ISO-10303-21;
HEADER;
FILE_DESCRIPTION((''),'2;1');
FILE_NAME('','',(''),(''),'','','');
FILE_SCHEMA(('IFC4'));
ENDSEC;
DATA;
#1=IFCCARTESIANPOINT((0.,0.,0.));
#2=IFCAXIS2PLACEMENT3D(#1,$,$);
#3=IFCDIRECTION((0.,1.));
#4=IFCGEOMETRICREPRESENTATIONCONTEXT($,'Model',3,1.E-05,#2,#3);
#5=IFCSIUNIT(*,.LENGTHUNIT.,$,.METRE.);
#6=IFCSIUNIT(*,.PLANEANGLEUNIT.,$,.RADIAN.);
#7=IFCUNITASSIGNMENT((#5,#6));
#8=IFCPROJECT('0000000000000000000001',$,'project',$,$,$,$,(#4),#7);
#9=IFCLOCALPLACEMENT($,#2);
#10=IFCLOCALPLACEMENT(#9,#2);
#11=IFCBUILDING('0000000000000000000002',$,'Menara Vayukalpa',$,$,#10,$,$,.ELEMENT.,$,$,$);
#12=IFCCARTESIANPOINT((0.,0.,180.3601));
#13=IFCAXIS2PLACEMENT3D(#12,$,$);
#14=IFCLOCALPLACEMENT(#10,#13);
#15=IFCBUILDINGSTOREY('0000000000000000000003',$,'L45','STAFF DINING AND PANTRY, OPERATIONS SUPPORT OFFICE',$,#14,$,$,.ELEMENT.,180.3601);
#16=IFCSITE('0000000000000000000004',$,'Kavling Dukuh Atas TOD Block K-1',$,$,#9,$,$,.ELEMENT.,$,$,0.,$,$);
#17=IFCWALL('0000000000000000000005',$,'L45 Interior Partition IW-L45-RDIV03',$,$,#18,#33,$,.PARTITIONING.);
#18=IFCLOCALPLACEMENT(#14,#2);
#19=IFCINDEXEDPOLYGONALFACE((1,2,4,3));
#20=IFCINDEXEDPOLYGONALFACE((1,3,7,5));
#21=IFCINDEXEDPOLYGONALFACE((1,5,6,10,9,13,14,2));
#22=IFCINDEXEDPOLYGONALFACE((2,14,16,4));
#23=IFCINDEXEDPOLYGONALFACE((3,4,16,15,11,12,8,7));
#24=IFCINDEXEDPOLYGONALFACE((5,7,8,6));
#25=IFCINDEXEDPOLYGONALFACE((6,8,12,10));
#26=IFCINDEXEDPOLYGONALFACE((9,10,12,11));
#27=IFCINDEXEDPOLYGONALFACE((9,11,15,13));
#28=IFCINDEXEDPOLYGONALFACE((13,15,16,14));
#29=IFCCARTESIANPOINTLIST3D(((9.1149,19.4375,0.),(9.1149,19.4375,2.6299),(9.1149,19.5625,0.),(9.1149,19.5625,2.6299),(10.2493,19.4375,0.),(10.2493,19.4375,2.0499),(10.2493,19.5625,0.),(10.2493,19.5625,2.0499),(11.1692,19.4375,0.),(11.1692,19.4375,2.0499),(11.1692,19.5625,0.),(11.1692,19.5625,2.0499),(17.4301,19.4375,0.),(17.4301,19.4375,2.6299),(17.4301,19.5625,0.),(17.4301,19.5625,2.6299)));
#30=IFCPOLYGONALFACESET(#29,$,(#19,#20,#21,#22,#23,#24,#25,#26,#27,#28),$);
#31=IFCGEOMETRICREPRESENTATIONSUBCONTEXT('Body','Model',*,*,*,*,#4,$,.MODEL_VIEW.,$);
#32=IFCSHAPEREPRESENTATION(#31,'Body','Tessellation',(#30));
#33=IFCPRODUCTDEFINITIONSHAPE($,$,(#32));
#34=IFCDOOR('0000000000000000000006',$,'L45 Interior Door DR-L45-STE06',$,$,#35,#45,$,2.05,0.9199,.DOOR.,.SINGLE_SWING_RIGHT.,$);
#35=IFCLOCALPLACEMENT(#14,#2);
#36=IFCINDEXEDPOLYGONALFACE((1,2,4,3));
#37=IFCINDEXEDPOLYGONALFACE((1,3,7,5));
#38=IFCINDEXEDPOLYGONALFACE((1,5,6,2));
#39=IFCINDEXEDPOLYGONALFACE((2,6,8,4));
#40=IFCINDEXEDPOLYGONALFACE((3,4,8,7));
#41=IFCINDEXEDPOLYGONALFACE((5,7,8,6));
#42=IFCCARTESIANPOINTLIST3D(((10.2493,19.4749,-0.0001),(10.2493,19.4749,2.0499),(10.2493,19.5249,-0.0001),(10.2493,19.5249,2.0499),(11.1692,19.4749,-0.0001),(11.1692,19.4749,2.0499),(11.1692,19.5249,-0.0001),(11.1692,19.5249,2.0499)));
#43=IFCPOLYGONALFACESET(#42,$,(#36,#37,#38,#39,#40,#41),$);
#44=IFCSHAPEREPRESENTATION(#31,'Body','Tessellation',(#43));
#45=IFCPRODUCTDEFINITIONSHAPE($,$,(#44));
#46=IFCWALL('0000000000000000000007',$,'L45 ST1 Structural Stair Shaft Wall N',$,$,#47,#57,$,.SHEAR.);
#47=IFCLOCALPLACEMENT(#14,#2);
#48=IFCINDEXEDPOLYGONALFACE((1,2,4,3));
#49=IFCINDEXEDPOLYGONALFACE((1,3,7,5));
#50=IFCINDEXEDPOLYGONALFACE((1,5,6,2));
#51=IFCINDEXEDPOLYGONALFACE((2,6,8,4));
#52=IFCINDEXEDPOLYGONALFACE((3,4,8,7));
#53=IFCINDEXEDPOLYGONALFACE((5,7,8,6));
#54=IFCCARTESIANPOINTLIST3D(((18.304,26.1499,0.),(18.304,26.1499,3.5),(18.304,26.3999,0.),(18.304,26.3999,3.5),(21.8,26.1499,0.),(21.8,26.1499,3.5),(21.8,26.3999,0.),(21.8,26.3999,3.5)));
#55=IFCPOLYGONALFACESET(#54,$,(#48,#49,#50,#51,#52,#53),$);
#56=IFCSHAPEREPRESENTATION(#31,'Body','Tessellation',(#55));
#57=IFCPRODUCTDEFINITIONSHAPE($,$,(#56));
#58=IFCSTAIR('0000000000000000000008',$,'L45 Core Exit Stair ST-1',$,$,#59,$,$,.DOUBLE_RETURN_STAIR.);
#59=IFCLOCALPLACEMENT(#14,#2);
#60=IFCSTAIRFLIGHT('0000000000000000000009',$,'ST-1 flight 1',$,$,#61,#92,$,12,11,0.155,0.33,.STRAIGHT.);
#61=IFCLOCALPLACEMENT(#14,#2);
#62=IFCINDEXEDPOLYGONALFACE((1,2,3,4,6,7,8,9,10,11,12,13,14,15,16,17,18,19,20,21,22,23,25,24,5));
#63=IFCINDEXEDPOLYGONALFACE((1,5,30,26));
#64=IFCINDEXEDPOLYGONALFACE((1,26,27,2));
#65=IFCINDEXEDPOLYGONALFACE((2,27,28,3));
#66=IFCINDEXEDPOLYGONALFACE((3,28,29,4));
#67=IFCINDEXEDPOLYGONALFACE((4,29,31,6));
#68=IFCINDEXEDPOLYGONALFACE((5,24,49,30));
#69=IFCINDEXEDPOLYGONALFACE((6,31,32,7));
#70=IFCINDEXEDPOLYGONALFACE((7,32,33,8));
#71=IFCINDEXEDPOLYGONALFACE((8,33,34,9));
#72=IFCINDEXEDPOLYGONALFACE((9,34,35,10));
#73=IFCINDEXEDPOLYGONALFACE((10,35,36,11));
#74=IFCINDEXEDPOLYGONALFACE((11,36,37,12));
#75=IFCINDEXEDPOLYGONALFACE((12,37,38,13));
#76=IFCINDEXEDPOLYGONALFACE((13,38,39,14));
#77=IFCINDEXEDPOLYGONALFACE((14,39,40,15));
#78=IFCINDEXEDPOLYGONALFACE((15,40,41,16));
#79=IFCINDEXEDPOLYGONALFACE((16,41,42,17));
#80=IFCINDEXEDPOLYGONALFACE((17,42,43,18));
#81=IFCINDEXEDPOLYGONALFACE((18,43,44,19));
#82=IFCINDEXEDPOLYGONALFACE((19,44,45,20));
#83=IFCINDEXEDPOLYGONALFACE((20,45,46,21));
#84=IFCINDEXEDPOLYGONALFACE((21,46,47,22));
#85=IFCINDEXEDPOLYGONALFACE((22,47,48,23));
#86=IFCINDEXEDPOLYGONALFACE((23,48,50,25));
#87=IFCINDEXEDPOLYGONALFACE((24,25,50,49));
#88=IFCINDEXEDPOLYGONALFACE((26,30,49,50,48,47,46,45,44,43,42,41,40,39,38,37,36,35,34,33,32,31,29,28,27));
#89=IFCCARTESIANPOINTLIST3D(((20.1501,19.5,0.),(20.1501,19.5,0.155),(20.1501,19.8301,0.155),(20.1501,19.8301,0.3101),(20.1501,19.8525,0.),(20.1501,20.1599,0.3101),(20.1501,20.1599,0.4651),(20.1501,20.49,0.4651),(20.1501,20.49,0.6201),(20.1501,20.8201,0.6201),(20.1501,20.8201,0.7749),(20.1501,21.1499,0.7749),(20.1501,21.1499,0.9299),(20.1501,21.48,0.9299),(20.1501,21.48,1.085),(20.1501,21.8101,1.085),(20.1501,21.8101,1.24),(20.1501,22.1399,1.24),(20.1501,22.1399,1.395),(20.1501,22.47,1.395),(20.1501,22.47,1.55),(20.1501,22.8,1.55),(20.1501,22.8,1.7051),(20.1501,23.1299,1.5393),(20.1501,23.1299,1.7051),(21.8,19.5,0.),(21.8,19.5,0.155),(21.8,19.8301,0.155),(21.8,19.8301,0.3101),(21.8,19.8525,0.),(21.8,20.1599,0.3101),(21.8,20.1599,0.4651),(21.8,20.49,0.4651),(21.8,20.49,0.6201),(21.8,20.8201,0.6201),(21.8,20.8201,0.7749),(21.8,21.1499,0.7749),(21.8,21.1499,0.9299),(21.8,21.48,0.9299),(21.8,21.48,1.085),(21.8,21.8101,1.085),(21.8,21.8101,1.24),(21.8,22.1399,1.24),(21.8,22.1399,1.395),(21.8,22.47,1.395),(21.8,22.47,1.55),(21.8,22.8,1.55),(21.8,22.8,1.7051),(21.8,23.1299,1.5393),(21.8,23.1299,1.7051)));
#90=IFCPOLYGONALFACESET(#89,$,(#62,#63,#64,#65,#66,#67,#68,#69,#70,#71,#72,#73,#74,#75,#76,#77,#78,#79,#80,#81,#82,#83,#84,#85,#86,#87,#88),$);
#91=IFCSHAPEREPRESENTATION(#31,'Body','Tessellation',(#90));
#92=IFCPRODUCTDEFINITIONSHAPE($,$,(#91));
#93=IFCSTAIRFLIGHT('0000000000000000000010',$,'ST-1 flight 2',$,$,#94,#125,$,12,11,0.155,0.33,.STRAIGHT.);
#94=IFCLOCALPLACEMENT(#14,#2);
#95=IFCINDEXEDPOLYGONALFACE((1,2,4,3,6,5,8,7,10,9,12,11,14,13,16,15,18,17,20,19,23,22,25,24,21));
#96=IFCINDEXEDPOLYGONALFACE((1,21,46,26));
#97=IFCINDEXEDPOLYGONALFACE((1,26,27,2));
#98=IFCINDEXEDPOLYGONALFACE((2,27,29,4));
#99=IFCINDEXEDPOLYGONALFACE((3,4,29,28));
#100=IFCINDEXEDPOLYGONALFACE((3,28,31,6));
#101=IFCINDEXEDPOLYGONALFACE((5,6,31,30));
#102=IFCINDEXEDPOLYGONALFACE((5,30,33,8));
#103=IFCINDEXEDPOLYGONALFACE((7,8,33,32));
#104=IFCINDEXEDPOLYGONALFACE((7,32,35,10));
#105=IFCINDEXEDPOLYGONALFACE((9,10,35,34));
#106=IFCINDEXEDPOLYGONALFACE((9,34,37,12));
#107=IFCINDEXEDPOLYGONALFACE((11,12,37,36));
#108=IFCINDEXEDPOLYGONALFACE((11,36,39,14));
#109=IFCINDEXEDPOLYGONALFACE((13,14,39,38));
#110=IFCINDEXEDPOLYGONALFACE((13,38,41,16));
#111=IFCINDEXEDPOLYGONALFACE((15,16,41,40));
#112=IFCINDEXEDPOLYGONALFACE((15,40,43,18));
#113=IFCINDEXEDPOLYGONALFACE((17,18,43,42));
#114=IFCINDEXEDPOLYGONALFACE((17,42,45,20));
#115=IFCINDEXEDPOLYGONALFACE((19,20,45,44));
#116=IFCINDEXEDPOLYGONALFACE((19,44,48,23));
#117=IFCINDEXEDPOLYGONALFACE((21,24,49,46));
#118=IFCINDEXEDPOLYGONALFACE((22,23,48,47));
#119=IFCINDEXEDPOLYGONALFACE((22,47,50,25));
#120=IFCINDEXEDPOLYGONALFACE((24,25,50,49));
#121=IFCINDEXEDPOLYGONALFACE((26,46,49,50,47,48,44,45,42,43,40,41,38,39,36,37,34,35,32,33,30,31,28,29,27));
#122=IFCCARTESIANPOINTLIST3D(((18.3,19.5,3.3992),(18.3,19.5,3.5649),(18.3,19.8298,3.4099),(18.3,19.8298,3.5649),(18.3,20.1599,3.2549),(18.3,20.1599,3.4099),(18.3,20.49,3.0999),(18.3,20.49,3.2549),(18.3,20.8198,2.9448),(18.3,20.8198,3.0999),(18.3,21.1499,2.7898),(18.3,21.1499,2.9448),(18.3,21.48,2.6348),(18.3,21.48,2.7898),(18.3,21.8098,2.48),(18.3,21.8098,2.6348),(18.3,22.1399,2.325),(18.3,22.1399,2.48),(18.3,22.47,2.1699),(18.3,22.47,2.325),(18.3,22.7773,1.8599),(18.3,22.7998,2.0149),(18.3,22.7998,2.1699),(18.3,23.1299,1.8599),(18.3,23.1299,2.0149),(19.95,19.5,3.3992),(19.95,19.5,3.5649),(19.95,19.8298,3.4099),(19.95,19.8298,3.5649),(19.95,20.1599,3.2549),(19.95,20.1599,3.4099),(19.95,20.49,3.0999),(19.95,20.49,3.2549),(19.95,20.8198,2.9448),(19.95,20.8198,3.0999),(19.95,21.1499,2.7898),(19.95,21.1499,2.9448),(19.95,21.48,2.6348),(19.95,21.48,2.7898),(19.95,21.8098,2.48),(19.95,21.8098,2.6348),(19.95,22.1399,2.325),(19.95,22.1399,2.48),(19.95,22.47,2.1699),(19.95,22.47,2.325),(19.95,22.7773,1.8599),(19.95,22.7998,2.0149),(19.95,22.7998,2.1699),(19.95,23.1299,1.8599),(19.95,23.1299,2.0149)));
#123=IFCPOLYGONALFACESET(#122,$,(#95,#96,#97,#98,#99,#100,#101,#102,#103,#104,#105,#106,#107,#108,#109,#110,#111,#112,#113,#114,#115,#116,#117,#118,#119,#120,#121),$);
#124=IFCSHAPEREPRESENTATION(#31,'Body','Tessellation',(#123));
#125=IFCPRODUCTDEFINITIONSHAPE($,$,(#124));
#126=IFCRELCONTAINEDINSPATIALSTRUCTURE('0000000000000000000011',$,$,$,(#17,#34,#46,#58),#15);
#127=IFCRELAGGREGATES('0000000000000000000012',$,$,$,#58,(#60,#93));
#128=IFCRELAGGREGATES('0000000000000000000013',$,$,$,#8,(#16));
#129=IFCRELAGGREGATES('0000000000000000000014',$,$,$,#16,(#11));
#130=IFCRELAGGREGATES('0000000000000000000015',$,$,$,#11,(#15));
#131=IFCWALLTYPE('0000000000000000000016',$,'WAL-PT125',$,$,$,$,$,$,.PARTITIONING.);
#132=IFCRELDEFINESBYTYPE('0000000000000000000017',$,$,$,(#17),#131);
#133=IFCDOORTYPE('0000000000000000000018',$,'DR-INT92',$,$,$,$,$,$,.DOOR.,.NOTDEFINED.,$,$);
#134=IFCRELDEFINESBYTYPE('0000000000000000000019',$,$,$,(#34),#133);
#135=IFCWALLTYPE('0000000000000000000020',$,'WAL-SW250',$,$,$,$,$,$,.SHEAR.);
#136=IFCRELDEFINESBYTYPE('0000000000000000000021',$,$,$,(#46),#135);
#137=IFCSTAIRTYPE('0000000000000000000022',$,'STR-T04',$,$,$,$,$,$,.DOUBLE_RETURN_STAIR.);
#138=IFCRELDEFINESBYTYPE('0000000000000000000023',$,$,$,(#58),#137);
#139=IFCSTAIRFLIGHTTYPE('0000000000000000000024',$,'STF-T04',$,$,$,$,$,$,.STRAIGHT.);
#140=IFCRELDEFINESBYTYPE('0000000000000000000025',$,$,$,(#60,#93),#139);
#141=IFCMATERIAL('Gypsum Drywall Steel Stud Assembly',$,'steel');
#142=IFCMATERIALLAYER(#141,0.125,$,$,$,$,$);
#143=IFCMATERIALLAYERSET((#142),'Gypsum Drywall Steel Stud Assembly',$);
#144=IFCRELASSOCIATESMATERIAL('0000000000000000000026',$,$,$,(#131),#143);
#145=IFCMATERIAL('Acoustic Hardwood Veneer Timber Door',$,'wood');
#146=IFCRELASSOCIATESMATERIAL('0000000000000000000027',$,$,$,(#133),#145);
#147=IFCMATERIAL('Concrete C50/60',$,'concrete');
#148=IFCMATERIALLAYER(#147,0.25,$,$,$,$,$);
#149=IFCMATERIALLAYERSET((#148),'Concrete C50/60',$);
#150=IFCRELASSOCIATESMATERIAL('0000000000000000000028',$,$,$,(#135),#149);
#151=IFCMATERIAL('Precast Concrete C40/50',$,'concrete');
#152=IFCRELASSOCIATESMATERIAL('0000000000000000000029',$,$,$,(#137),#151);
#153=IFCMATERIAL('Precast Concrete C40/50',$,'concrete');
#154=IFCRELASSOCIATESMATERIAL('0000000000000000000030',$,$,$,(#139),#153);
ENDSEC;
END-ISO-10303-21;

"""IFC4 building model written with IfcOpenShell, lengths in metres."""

from ifc_helpers import new_model, si_unit, direction, frame, frame_2d, origin, place, context, subcontext, project, spatial, polyline, rectangle, outline, extrude, material, layer, layer_set, type_object, element, fill, aggregate, save


model = new_model("IFC4")

# Units and contexts
model_context = context("Model", 3, precision=1e-05, world=origin(), true_north=direction((0.0, 1.0)))
body_context = subcontext(model_context, "Body", "Model", "MODEL_VIEW")
ifc_project = project(units=[si_unit("LENGTHUNIT", "METRE"), si_unit("PLANEANGLEUNIT", "RADIAN")], contexts=[model_context])

# Site, building, storey
site_placement = place(None, origin())
site = spatial("IfcSite", under=ifc_project, at=site_placement, Name="Kavling Dukuh Atas TOD Block K-1", CompositionType="ELEMENT", RefElevation=0.0)
building_placement = place(site_placement, origin())
building = spatial("IfcBuilding", under=site, at=building_placement, Name="Menara Vayukalpa", CompositionType="ELEMENT")
storey_placement = place(building_placement, frame((0.0, 0.0, 180.3601)))
storey = spatial("IfcBuildingStorey", under=building, at=storey_placement, Name="L45", Description="STAFF DINING AND PANTRY, OPERATIONS SUPPORT OFFICE", CompositionType="ELEMENT", Elevation=180.3601)

# Wall, opening, door
ifc_material_1 = material(Name="Gypsum Drywall Steel Stud Assembly", Category="steel")
ifc_layer_1 = layer(ifc_material_1, 0.125)
ifc_layer_set_1 = layer_set([ifc_layer_1], Name="Gypsum Drywall Steel Stud Assembly")
wall_type_1 = type_object("IfcWallType", Name="WAL-PT125", PredefinedType="PARTITIONING", material=ifc_layer_set_1)
wall_1_placement = place(storey_placement, frame((9.1147, 19.5, 0.0), z_axis=(0.0, 0.0, 1.0), x_axis=(1.0, 0.0, 0.0)))
wall_1 = element("IfcWall", 1, at=wall_1_placement, inside=storey, type_object=wall_type_1, Name="L45 Interior Partition IW-L45-RDIV03", PredefinedType="PARTITIONING", context=body_context, shape_type="SweptSolid", body=[
    extrude(rectangle(XDim=8.3152, YDim=0.125, at=frame_2d((4.1577, 0.0))), origin(), (0.0, 0.0, 1.0), 2.6299),
])
opening_1_placement = place(wall_1_placement, frame((1.1345, 0.0, 0.0)))
opening_1 = element("IfcOpeningElement", 2, at=opening_1_placement, cuts=wall_1, PredefinedType="OPENING", context=body_context, shape_type="SweptSolid", body=[
    extrude(rectangle(XDim=0.9199, YDim=2.05, at=frame_2d((0.46, 1.0249))), frame((0.0, 0.0725, 0.0), z_axis=(0.0, -1.0, 0.0), x_axis=(1.0, 0.0, 0.0)), (0.0, 0.0, 1.0), 0.145),
])
ifc_material_2 = material(Name="Acoustic Hardwood Veneer Timber Door", Category="wood")
door_type_1 = type_object("IfcDoorType", Name="DR-INT92", OperationType="NOTDEFINED", PredefinedType="DOOR", material=ifc_material_2)
door_1_placement = place(opening_1_placement, origin())
door_1 = element("IfcDoor", 3, at=door_1_placement, inside=storey, type_object=door_type_1, Name="L45 Interior Door DR-L45-STE06", OperationType="SINGLE_SWING_RIGHT", OverallHeight=2.05, OverallWidth=0.9199, PredefinedType="DOOR", context=body_context, shape_type="SweptSolid", body=[
    extrude(rectangle(XDim=0.9199, YDim=2.05, at=frame_2d((0.46, 1.0249))), frame((0.0, 0.0249, 0.0), z_axis=(0.0, -1.0, 0.0), x_axis=(1.0, 0.0, 0.0)), (0.0, 0.0, 1.0), 0.05),
])
fill(opening_1, door_1)

# Wall
ifc_material_3 = material(Name="Concrete C50/60", Category="concrete")
ifc_layer_2 = layer(ifc_material_3, 0.25)
ifc_layer_set_2 = layer_set([ifc_layer_2], Name="Concrete C50/60")
wall_type_2 = type_object("IfcWallType", Name="WAL-SW250", PredefinedType="SHEAR", material=ifc_layer_set_2)
wall_2_placement = place(storey_placement, frame((18.304, 26.2749, 0.0), z_axis=(0.0, 0.0, 1.0), x_axis=(1.0, 0.0, 0.0)))
element("IfcWall", 4, at=wall_2_placement, inside=storey, type_object=wall_type_2, Name="L45 ST1 Structural Stair Shaft Wall N", PredefinedType="SHEAR", context=body_context, shape_type="SweptSolid", body=[
    extrude(rectangle(XDim=3.4961, YDim=0.25, at=frame_2d((1.748, 0.0))), origin(), (0.0, 0.0, 1.0), 3.5),
])

# Stair, stair flights
ifc_material_4 = material(Name="Precast Concrete C40/50", Category="concrete")
stair_type = type_object("IfcStairType", Name="STR-T04", PredefinedType="DOUBLE_RETURN_STAIR", material=ifc_material_4)
stair_placement = place(storey_placement, origin())
stair = element("IfcStair", 5, at=stair_placement, inside=storey, type_object=stair_type, Name="L45 Core Exit Stair ST-1", PredefinedType="DOUBLE_RETURN_STAIR")
ifc_material_5 = material(Name="Precast Concrete C40/50", Category="concrete")
stair_flight_type = type_object("IfcStairFlightType", Name="STF-T04", PredefinedType="STRAIGHT", material=ifc_material_5)
stair_flight_1_placement = place(storey_placement, frame((20.9751, 19.5, 0.0), z_axis=(0.0, 0.0, 1.0), x_axis=(0.0, 1.0, 0.0)))
stair_flight_1 = element("IfcStairFlight", 6, at=stair_flight_1_placement, type_object=stair_flight_type, Name="ST-1 flight 1", NumberOfRisers=12, NumberOfTreads=11, PredefinedType="STRAIGHT", RiserHeight=0.155, TreadLength=0.33, context=body_context, shape_type="SweptSolid", body=[
    extrude(outline(polyline([(0.0, 0.0), (0.0, 0.155), (0.3301, 0.155), (0.3301, 0.3101), (0.6599, 0.3101), (0.6599, 0.4651), (0.99, 0.4651), (0.99, 0.6201), (1.3201, 0.6201), (1.3201, 0.7749), (1.6499, 0.7749), (1.6499, 0.9299), (1.98, 0.9299), (1.98, 1.085), (2.3101, 1.085), (2.3101, 1.24), (2.6399, 1.24), (2.6399, 1.395), (2.97, 1.395), (2.97, 1.55), (3.3, 1.55), (3.3, 1.7051), (3.6299, 1.7051), (3.6299, 1.8601), (3.6299, 1.5393), (0.3525, 0.0), (0.0, 0.0)])), frame((0.0, 0.825, 0.0), z_axis=(0.0, -1.0, 0.0), x_axis=(1.0, 0.0, 0.0)), (0.0, 0.0, 1.0), 1.6499),
])
stair_flight_2_placement = place(storey_placement, frame((19.125, 23.1299, 1.8599), z_axis=(0.0, 0.0, 1.0), x_axis=(0.0, -1.0, 0.0)))
stair_flight_2 = element("IfcStairFlight", 7, at=stair_flight_2_placement, type_object=stair_flight_type, Name="ST-1 flight 2", NumberOfRisers=12, NumberOfTreads=11, PredefinedType="STRAIGHT", RiserHeight=0.155, TreadLength=0.33, context=body_context, shape_type="SweptSolid", body=[
    extrude(outline(polyline([(0.0, 0.0), (0.0, 0.155), (0.3301, 0.155), (0.3301, 0.3101), (0.6599, 0.3101), (0.6599, 0.4651), (0.99, 0.4651), (0.99, 0.6201), (1.3201, 0.6201), (1.3201, 0.7749), (1.6499, 0.7749), (1.6499, 0.9299), (1.98, 0.9299), (1.98, 1.085), (2.3101, 1.085), (2.3101, 1.24), (2.6399, 1.24), (2.6399, 1.395), (2.97, 1.395), (2.97, 1.55), (3.3, 1.55), (3.3, 1.7051), (3.6299, 1.7051), (3.6299, 1.8601), (3.6299, 1.5393), (0.3525, 0.0), (0.0, 0.0)])), frame((0.0, 0.825, 0.0), z_axis=(0.0, -1.0, 0.0), x_axis=(1.0, 0.0, 0.0)), (0.0, 0.0, 1.0), 1.6499),
])
aggregate(stair, [stair_flight_1, stair_flight_2])

save(model, "model.ifc")
